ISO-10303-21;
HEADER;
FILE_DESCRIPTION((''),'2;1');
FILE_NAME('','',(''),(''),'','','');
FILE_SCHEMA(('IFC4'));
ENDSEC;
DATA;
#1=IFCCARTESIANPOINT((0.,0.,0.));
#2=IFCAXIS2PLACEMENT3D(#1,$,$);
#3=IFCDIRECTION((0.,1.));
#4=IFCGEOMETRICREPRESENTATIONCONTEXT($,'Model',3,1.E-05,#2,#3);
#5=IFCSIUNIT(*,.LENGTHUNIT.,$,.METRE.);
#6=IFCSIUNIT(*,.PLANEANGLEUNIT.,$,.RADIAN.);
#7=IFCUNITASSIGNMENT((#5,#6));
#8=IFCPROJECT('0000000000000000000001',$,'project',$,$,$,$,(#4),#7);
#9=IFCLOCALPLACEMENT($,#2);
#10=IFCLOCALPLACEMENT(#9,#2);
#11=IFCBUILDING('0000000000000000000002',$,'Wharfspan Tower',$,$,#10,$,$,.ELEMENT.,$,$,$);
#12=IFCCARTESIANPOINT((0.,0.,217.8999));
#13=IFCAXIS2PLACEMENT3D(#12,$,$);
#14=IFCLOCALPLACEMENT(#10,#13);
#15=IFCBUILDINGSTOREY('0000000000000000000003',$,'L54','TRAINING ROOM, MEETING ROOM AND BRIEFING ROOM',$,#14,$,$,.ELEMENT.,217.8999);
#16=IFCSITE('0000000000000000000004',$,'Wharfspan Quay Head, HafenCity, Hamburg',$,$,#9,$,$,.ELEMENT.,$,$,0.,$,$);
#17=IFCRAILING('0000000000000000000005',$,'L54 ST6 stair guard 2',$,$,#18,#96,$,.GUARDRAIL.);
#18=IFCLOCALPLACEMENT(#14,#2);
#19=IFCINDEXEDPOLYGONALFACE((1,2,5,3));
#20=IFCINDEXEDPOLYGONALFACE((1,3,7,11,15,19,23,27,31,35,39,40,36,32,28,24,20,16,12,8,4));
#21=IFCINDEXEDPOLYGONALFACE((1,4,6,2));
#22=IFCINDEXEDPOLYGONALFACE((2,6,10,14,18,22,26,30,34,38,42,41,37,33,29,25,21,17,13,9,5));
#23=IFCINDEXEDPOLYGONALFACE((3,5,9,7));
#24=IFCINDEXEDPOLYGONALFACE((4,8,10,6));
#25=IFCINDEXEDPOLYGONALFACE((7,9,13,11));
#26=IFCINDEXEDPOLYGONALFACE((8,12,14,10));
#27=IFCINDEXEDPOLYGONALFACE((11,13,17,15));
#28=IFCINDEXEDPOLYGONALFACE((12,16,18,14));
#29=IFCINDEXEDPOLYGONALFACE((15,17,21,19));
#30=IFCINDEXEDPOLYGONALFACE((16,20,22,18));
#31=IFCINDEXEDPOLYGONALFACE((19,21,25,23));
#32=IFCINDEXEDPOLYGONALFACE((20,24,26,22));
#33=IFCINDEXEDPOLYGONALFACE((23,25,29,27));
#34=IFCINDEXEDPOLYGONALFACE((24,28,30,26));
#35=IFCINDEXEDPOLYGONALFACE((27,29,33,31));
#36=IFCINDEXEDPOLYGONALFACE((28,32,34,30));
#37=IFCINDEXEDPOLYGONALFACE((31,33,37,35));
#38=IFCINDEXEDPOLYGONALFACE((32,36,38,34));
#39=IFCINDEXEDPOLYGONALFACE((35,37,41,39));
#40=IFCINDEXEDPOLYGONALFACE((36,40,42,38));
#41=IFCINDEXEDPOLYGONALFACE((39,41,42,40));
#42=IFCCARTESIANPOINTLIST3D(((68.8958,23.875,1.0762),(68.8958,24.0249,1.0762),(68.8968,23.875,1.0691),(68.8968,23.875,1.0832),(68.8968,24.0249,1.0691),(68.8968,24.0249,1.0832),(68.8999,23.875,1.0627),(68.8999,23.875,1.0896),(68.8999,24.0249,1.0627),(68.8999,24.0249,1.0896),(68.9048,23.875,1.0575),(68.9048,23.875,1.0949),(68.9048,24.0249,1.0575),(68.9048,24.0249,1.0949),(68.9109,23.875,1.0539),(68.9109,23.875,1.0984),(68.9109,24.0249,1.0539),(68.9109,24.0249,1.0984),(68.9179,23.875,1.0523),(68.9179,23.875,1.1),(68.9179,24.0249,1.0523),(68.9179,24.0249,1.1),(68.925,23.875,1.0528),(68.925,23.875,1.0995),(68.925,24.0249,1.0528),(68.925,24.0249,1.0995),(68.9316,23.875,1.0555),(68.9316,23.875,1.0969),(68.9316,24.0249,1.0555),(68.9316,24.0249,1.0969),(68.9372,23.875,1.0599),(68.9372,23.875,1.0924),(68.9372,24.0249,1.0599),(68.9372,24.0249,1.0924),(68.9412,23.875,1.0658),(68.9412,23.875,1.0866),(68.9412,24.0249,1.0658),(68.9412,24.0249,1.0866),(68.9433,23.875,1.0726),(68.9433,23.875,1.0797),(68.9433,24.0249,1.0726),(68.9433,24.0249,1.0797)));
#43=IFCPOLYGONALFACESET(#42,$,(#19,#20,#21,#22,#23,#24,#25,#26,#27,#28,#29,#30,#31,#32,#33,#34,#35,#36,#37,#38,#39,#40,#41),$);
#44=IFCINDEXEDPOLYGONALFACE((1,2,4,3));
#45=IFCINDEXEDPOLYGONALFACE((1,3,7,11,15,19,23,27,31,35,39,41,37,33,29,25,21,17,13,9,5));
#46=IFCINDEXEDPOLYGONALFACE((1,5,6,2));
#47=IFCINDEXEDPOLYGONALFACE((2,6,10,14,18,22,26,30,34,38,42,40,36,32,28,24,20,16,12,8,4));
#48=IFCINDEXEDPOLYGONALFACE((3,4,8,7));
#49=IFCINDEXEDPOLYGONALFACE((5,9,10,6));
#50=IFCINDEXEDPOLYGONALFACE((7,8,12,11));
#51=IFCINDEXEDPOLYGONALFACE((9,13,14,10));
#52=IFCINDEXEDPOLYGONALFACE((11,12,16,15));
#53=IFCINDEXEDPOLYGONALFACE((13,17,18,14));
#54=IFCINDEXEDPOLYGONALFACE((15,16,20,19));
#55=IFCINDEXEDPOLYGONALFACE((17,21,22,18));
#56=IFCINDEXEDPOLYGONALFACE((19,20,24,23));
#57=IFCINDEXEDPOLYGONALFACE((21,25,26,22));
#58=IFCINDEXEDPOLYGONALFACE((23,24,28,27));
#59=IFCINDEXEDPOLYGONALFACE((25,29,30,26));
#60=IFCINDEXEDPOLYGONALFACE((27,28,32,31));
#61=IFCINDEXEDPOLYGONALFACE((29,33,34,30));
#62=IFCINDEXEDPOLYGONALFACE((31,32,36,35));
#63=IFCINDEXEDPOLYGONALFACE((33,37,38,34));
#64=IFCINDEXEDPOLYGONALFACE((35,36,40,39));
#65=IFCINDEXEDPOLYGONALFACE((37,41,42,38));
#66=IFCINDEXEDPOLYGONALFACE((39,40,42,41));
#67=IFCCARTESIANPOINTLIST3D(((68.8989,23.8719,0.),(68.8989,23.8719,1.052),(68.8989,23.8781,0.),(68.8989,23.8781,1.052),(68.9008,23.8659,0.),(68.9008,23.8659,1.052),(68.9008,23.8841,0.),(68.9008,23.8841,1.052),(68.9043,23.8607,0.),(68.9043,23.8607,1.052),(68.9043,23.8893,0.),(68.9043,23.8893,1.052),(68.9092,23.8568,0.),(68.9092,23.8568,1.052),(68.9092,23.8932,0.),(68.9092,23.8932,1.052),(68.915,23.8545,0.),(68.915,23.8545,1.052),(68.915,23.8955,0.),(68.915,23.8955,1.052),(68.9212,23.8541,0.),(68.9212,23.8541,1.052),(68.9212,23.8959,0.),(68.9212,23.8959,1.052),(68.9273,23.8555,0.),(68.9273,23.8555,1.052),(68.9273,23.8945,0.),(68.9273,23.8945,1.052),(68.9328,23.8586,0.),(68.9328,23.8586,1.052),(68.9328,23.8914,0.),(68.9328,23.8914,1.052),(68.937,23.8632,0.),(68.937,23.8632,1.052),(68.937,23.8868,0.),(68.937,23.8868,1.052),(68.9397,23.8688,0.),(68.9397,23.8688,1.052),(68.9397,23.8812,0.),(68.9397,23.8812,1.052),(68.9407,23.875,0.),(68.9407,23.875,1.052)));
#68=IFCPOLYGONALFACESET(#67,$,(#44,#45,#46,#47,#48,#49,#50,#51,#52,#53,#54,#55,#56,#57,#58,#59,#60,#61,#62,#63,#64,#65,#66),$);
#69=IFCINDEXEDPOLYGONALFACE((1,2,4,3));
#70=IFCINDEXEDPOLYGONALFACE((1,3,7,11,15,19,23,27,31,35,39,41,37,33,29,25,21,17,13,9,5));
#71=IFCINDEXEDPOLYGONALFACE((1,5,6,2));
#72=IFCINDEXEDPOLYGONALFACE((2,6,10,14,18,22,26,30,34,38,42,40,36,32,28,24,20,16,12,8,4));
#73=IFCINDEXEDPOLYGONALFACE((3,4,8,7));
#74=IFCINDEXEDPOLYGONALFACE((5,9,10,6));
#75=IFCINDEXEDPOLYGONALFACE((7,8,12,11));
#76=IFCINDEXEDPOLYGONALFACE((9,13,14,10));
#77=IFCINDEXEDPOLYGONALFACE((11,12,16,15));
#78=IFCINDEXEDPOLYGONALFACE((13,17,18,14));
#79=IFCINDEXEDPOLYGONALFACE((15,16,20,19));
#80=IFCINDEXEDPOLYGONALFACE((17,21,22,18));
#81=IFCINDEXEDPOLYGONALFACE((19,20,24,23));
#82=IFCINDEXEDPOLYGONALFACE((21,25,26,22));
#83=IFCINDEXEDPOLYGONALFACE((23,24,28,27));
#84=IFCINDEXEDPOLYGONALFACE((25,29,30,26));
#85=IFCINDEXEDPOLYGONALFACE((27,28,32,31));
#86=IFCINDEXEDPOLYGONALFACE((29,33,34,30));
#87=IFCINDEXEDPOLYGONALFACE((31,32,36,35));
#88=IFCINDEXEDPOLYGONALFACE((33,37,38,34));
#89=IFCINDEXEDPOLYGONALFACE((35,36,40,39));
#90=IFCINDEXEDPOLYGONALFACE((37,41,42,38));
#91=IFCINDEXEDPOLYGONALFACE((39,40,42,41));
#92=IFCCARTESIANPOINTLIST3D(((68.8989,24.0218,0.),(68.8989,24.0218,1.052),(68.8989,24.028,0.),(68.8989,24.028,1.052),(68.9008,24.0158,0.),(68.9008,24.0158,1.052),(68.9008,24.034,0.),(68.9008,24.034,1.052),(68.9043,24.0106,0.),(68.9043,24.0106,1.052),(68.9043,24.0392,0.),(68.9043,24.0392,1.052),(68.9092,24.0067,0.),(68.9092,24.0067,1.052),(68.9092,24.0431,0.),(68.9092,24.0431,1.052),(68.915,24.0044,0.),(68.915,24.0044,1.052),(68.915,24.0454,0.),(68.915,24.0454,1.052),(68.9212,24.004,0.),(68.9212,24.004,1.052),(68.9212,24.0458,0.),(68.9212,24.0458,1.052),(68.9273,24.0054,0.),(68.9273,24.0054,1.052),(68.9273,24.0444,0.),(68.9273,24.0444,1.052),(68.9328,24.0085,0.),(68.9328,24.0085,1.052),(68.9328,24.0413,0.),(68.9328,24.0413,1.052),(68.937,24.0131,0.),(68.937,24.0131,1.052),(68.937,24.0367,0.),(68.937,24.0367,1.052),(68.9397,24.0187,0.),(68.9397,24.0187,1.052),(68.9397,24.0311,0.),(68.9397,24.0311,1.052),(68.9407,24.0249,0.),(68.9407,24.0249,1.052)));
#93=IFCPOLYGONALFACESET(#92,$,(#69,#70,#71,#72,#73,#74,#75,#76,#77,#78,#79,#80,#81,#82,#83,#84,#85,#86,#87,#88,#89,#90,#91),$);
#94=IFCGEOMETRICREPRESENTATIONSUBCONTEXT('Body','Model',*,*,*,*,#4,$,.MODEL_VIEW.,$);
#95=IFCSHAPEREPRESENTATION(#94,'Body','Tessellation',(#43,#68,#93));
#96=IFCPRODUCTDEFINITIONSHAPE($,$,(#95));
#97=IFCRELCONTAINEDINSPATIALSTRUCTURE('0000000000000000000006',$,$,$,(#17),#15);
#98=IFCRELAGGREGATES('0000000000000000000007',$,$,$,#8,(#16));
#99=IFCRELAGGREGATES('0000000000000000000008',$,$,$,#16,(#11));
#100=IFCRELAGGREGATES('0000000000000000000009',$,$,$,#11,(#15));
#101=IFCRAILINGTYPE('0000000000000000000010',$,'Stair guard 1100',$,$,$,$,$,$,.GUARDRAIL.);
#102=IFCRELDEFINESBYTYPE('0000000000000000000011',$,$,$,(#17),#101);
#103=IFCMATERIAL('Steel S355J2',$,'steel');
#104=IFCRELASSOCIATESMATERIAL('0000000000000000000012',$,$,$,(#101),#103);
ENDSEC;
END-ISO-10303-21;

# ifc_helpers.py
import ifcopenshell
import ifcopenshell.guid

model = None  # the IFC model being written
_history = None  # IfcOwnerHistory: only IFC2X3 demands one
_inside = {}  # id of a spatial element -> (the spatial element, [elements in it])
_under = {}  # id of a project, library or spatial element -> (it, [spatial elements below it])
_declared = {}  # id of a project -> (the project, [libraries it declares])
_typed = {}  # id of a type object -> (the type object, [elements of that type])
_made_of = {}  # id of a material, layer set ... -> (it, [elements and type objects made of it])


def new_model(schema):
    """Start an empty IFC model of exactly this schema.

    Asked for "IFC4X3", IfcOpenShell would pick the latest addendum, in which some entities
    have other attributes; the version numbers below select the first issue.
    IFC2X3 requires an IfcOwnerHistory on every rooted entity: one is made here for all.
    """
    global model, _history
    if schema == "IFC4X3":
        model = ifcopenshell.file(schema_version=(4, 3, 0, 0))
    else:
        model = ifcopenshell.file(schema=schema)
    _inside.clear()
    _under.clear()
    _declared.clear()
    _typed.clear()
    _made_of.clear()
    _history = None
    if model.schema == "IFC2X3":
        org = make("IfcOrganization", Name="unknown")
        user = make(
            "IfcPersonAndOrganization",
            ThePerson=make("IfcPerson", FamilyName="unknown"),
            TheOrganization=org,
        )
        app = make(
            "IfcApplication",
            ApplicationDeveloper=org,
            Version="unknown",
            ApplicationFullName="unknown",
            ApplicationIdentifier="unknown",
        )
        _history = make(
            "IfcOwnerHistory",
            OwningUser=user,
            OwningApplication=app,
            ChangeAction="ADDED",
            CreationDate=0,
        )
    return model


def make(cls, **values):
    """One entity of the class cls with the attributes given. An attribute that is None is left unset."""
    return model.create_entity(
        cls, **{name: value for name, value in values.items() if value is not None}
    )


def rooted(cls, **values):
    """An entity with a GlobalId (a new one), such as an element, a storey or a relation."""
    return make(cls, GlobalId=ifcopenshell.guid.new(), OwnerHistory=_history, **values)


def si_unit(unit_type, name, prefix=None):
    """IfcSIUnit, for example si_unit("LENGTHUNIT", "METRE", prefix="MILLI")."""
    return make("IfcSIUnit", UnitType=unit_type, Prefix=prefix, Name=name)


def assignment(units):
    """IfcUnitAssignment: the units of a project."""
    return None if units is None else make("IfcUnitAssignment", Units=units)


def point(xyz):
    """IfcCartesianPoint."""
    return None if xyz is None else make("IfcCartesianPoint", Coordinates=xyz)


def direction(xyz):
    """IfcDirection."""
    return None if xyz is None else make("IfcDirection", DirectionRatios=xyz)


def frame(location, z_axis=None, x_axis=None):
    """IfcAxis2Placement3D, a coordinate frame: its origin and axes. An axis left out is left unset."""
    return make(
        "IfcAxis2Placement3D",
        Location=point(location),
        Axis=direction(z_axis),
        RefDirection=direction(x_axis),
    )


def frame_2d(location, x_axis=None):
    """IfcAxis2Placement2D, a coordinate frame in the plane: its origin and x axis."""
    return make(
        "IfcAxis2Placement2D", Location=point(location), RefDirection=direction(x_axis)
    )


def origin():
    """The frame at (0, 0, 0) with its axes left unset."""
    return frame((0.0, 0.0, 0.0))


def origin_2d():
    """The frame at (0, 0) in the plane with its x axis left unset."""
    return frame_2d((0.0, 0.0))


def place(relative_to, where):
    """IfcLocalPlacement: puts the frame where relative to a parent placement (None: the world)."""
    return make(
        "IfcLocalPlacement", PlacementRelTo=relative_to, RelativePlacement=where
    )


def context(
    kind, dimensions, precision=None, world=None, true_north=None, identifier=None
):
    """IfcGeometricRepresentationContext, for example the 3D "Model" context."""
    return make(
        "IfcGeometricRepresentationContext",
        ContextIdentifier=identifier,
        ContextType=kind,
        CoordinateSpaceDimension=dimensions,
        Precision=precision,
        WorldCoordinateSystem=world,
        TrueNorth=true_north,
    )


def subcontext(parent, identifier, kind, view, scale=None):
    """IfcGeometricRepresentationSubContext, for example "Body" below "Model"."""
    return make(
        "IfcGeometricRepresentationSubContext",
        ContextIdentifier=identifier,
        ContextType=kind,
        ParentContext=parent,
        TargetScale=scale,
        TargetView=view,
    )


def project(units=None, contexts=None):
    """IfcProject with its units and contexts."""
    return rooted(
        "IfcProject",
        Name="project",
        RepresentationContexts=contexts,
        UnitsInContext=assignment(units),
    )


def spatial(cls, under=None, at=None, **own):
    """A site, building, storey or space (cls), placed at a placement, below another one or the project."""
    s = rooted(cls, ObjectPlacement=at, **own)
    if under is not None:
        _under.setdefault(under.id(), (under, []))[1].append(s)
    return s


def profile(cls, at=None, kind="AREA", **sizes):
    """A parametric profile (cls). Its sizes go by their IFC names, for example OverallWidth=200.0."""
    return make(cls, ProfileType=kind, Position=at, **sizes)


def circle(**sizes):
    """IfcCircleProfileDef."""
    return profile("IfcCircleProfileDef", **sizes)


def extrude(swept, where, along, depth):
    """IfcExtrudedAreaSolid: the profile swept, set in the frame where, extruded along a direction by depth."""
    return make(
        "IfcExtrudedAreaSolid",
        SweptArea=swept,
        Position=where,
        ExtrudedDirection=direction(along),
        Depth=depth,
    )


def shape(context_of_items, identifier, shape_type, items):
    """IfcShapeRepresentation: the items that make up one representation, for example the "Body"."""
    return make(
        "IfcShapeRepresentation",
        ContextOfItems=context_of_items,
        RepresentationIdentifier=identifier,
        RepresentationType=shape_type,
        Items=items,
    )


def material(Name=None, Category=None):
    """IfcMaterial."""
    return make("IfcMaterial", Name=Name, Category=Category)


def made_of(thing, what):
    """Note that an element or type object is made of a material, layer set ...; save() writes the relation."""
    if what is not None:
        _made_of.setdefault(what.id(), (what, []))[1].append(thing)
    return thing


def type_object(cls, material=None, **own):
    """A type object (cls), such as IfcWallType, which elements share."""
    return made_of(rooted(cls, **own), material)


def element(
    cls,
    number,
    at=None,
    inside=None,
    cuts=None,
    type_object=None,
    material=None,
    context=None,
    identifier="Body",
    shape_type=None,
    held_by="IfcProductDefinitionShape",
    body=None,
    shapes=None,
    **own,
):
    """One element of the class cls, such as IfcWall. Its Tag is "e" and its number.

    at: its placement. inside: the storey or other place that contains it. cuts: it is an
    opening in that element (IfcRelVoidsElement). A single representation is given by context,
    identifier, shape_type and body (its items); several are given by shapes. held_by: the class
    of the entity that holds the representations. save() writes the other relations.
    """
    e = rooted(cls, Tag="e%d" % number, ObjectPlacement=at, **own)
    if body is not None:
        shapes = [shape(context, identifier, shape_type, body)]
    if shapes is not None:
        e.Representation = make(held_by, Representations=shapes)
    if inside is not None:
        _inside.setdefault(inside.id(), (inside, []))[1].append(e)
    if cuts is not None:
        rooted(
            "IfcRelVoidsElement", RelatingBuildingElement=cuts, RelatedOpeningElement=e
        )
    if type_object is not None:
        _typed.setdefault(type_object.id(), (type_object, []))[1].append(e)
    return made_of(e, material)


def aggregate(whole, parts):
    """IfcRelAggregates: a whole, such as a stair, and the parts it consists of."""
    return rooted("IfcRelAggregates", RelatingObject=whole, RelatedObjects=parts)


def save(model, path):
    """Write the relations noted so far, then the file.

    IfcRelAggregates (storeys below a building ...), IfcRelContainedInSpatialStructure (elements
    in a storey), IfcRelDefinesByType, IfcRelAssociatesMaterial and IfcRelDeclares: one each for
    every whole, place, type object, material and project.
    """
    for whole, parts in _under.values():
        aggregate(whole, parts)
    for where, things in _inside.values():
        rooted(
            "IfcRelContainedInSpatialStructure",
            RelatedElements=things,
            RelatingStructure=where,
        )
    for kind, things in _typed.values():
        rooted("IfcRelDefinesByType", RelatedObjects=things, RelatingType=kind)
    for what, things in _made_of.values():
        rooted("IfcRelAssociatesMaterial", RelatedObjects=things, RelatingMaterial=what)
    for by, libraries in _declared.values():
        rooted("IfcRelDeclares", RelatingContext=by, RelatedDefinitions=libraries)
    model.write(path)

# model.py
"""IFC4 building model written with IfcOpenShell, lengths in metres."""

from ifc_helpers import new_model, si_unit, direction, frame, origin, origin_2d, place, context, subcontext, project, spatial, circle, extrude, material, type_object, element, save


model = new_model("IFC4")

# Units and contexts
model_context = context("Model", 3, precision=1e-05, world=origin(), true_north=direction((0.0, 1.0)))
body_context = subcontext(model_context, "Body", "Model", "MODEL_VIEW")
ifc_project = project(units=[si_unit("LENGTHUNIT", "METRE"), si_unit("PLANEANGLEUNIT", "RADIAN")], contexts=[model_context])

# Site, building, storey
site_placement = place(None, origin())
site = spatial("IfcSite", under=ifc_project, at=site_placement, Name="Wharfspan Quay Head, HafenCity, Hamburg", CompositionType="ELEMENT", RefElevation=0.0)
building_placement = place(site_placement, origin())
building = spatial("IfcBuilding", under=site, at=building_placement, Name="Wharfspan Tower", CompositionType="ELEMENT")
storey_placement = place(building_placement, frame((0.0, 0.0, 217.8999)))
storey = spatial("IfcBuildingStorey", under=building, at=storey_placement, Name="L54", Description="TRAINING ROOM, MEETING ROOM AND BRIEFING ROOM", CompositionType="ELEMENT", Elevation=217.8999)

# Railing
ifc_material_1 = material(Name="Steel S355J2", Category="steel")
railing_type_1 = type_object("IfcRailingType", Name="Stair guard 1100", PredefinedType="GUARDRAIL", material=ifc_material_1)
railing_1_placement = place(storey_placement, frame((68.9197, 23.875, 0.0)))
element("IfcRailing", 1, at=railing_1_placement, inside=storey, type_object=railing_type_1, Name="L54 ST6 stair guard 2", PredefinedType="GUARDRAIL", context=body_context, shape_type="SweptSolid", body=[
    extrude(circle(Radius=0.0239, at=origin_2d()), frame((0.0, 0.0, 1.0762), z_axis=(0.0, 1.0, 0.0), x_axis=(-1.0, 0.0, 0.0)), (0.0, 0.0, 1.0), 0.1499),
    extrude(circle(Radius=0.021, at=origin_2d()), origin(), (0.0, 0.0, 1.0), 1.052),
    extrude(circle(Radius=0.021, at=origin_2d()), frame((0.0, 0.1499, 0.0)), (0.0, 0.0, 1.0), 1.052),
])

save(model, "model.ifc")
